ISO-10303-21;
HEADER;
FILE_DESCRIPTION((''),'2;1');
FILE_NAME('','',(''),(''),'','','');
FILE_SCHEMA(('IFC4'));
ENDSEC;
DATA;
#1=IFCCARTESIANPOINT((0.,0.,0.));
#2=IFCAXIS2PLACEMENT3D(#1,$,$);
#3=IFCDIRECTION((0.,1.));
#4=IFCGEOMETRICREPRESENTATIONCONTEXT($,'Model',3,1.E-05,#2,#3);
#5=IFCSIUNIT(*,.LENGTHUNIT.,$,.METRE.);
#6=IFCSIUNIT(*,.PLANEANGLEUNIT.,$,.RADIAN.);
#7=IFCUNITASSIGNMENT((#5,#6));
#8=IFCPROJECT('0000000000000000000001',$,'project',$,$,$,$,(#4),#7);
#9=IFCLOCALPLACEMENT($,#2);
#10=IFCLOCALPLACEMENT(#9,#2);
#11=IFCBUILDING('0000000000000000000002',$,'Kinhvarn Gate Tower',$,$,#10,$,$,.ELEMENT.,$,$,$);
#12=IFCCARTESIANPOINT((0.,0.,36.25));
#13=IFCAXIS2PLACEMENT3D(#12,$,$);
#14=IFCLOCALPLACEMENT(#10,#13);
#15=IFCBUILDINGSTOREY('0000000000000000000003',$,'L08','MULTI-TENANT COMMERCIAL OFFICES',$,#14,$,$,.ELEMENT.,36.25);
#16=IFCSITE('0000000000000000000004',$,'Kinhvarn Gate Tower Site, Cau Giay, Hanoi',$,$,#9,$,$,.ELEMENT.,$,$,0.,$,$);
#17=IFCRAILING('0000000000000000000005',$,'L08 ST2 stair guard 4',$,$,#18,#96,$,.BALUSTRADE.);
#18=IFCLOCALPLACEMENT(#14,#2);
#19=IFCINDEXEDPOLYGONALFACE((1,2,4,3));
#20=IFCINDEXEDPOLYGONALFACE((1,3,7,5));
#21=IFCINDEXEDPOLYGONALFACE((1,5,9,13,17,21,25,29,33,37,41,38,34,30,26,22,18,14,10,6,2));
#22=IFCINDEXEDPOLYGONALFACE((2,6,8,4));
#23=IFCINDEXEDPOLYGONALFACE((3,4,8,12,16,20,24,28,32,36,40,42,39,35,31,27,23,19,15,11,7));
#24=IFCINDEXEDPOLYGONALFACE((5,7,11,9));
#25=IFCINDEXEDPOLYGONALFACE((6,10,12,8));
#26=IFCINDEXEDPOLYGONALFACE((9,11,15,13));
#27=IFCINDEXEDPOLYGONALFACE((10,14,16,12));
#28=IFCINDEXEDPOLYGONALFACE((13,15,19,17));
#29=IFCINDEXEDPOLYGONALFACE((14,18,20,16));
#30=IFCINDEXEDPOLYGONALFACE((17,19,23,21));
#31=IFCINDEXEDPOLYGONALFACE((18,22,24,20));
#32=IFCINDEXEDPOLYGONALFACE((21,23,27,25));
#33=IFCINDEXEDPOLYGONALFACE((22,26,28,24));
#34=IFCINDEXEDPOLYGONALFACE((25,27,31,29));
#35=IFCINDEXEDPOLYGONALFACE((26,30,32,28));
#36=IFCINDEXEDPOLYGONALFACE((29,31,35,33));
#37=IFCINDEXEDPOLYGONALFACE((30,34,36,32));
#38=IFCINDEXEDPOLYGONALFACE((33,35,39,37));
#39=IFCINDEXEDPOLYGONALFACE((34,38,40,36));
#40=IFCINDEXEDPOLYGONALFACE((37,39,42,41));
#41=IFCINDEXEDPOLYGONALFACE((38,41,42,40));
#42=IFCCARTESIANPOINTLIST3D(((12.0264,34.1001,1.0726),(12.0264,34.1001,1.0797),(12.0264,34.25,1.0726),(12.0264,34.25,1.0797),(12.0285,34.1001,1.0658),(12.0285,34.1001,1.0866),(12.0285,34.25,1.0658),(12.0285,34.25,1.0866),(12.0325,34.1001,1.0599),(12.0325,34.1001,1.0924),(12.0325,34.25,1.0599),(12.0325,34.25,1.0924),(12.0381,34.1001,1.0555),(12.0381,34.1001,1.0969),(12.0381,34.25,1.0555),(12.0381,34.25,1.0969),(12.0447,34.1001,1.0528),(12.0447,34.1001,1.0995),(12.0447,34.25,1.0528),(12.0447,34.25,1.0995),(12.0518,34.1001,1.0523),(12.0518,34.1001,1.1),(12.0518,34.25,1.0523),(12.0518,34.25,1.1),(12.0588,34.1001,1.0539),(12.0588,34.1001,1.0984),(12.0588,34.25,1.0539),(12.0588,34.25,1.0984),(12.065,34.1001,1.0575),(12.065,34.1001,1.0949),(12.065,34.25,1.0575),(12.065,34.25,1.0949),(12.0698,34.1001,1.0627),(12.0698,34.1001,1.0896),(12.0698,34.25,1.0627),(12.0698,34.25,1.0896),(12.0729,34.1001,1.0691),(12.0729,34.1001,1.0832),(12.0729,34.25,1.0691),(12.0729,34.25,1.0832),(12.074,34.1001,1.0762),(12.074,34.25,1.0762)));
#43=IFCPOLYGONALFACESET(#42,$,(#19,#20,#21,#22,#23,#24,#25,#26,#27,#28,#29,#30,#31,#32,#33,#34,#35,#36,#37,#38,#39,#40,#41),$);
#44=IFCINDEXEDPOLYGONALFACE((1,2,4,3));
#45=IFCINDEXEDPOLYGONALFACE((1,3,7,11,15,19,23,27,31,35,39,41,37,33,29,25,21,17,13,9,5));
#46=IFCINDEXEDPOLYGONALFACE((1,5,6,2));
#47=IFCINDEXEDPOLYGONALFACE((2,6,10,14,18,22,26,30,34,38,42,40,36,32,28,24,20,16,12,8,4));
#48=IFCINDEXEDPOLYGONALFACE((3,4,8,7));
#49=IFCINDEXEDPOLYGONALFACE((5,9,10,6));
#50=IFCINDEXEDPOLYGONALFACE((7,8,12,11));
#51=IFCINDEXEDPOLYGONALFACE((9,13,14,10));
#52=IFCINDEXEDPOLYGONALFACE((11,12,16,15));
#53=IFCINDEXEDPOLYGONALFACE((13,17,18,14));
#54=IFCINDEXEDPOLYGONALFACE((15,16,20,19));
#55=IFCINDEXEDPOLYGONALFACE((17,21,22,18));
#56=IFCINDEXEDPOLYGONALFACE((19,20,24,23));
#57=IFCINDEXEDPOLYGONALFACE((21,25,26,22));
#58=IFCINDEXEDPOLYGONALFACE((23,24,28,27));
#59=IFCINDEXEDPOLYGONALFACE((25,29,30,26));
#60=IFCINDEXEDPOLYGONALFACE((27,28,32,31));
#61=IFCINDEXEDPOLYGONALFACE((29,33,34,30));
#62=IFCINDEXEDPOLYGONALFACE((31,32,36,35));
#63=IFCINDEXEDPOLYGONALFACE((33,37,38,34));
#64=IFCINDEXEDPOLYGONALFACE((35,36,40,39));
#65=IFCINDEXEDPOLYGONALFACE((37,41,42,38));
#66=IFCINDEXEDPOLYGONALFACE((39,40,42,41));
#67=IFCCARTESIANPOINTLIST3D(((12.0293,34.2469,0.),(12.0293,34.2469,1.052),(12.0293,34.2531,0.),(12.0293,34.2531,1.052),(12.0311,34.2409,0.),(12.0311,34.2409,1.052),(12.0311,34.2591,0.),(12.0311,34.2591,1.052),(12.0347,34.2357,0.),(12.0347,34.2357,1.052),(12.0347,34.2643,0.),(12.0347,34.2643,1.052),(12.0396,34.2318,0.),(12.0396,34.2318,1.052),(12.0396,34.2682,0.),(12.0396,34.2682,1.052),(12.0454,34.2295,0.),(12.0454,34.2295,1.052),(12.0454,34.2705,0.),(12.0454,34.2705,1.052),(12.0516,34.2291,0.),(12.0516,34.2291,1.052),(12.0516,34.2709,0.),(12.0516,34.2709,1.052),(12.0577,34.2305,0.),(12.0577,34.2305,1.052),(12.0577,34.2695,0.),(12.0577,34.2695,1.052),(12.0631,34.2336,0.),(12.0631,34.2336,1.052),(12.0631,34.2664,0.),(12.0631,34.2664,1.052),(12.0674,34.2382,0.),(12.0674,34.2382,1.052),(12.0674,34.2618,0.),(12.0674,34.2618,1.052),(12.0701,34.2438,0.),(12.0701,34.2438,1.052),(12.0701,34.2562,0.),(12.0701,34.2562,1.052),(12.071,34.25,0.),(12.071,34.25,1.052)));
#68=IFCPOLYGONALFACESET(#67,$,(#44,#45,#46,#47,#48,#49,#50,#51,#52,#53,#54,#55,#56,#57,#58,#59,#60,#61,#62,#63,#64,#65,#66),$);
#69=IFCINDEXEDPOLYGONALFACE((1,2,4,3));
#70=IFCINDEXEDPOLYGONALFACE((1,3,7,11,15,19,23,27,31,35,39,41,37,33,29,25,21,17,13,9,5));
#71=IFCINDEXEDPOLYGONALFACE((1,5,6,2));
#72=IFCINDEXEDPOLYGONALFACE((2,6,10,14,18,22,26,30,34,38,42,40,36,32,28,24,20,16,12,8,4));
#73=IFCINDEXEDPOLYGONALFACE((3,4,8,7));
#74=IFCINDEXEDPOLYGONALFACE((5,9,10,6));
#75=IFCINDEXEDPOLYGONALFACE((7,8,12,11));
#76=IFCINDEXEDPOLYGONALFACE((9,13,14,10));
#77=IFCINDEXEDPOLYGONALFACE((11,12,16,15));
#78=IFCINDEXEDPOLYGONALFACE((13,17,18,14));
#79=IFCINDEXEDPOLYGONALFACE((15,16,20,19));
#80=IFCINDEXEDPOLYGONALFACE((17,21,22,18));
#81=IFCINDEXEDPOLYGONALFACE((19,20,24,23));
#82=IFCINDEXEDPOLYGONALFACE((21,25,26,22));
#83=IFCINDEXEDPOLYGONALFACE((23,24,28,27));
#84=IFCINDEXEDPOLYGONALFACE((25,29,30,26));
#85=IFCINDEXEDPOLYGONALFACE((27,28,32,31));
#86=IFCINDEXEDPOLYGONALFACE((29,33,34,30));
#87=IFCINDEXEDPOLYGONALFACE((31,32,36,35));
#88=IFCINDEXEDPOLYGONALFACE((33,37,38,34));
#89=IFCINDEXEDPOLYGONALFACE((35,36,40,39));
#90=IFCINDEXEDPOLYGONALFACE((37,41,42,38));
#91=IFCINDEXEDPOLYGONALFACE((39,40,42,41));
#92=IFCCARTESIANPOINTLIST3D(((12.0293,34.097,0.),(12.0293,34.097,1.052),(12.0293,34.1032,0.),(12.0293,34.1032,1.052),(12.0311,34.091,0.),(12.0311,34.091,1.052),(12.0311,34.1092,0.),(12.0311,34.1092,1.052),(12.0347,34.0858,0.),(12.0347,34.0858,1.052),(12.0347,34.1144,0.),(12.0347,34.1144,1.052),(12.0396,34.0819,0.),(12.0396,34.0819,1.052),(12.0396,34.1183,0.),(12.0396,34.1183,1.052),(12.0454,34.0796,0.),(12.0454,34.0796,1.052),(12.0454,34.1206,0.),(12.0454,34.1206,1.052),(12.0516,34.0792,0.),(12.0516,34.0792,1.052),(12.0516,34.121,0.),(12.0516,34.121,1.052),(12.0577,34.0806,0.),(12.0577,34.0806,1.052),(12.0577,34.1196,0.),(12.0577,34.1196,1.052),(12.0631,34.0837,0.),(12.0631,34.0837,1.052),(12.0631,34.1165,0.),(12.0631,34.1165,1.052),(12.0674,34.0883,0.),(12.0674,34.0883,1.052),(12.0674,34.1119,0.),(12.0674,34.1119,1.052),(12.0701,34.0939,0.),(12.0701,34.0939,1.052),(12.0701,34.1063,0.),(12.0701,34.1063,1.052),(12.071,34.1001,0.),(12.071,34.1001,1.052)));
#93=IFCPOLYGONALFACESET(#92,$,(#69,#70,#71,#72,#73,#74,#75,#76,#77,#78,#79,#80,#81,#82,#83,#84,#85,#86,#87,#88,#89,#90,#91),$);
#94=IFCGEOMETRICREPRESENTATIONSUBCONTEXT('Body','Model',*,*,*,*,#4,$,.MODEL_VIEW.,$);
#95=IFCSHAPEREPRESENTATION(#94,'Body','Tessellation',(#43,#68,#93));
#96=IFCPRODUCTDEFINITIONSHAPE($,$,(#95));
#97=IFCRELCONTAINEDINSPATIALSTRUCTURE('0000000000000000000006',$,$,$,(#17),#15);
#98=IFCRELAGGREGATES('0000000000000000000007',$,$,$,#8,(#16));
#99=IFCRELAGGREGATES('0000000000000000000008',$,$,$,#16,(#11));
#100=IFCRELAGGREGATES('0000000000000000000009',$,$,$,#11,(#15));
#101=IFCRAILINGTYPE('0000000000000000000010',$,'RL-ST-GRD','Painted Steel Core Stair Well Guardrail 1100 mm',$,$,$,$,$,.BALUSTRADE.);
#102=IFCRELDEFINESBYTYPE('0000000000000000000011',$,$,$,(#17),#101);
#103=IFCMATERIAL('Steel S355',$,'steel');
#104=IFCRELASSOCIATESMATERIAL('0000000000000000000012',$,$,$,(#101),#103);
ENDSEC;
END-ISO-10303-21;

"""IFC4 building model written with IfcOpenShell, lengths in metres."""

from ifc_helpers import new_model, si_unit, direction, frame, origin, origin_2d, place, context, subcontext, project, spatial, circle, extrude, material, type_object, element, save


model = new_model("IFC4")

# Units and contexts
model_context = context("Model", 3, precision=1e-05, world=origin(), true_north=direction((0.0, 1.0)))
body_context = subcontext(model_context, "Body", "Model", "MODEL_VIEW")
ifc_project = project(units=[si_unit("LENGTHUNIT", "METRE"), si_unit("PLANEANGLEUNIT", "RADIAN")], contexts=[model_context])

# Site, building, storey
site_placement = place(None, origin())
site = spatial("IfcSite", under=ifc_project, at=site_placement, Name="Kinhvarn Gate Tower Site, Cau Giay, Hanoi", CompositionType="ELEMENT", RefElevation=0.0)
building_placement = place(site_placement, origin())
building = spatial("IfcBuilding", under=site, at=building_placement, Name="Kinhvarn Gate Tower", CompositionType="ELEMENT")
storey_placement = place(building_placement, frame((0.0, 0.0, 36.25)))
storey = spatial("IfcBuildingStorey", under=building, at=storey_placement, Name="L08", Description="MULTI-TENANT COMMERCIAL OFFICES", CompositionType="ELEMENT", Elevation=36.25)

# Shared definitions
ifc_material_1 = material(Name="Steel S355", Category="steel")

# Railing
railing_type_1 = type_object("IfcRailingType", Name="RL-ST-GRD", Description="Painted Steel Core Stair Well Guardrail 1100 mm", PredefinedType="BALUSTRADE", material=ifc_material_1)
railing_1_placement = place(storey_placement, frame((12.05, 34.25, 0.0)))
element("IfcRailing", 1, at=railing_1_placement, inside=storey, type_object=railing_type_1, Name="L08 ST2 stair guard 4", PredefinedType="BALUSTRADE", context=body_context, shape_type="SweptSolid", body=[
    extrude(circle(Radius=0.0239, at=origin_2d()), frame((0.0, 0.0, 1.0762), z_axis=(0.0, -1.0, 0.0), x_axis=(1.0, 0.0, 0.0)), (0.0, 0.0, 1.0), 0.1499),
    extrude(circle(Radius=0.021, at=origin_2d()), origin(), (0.0, 0.0, 1.0), 1.052),
    extrude(circle(Radius=0.021, at=origin_2d()), frame((0.0, -0.1499, 0.0)), (0.0, 0.0, 1.0), 1.052),
])

save(model, "model.ifc")
